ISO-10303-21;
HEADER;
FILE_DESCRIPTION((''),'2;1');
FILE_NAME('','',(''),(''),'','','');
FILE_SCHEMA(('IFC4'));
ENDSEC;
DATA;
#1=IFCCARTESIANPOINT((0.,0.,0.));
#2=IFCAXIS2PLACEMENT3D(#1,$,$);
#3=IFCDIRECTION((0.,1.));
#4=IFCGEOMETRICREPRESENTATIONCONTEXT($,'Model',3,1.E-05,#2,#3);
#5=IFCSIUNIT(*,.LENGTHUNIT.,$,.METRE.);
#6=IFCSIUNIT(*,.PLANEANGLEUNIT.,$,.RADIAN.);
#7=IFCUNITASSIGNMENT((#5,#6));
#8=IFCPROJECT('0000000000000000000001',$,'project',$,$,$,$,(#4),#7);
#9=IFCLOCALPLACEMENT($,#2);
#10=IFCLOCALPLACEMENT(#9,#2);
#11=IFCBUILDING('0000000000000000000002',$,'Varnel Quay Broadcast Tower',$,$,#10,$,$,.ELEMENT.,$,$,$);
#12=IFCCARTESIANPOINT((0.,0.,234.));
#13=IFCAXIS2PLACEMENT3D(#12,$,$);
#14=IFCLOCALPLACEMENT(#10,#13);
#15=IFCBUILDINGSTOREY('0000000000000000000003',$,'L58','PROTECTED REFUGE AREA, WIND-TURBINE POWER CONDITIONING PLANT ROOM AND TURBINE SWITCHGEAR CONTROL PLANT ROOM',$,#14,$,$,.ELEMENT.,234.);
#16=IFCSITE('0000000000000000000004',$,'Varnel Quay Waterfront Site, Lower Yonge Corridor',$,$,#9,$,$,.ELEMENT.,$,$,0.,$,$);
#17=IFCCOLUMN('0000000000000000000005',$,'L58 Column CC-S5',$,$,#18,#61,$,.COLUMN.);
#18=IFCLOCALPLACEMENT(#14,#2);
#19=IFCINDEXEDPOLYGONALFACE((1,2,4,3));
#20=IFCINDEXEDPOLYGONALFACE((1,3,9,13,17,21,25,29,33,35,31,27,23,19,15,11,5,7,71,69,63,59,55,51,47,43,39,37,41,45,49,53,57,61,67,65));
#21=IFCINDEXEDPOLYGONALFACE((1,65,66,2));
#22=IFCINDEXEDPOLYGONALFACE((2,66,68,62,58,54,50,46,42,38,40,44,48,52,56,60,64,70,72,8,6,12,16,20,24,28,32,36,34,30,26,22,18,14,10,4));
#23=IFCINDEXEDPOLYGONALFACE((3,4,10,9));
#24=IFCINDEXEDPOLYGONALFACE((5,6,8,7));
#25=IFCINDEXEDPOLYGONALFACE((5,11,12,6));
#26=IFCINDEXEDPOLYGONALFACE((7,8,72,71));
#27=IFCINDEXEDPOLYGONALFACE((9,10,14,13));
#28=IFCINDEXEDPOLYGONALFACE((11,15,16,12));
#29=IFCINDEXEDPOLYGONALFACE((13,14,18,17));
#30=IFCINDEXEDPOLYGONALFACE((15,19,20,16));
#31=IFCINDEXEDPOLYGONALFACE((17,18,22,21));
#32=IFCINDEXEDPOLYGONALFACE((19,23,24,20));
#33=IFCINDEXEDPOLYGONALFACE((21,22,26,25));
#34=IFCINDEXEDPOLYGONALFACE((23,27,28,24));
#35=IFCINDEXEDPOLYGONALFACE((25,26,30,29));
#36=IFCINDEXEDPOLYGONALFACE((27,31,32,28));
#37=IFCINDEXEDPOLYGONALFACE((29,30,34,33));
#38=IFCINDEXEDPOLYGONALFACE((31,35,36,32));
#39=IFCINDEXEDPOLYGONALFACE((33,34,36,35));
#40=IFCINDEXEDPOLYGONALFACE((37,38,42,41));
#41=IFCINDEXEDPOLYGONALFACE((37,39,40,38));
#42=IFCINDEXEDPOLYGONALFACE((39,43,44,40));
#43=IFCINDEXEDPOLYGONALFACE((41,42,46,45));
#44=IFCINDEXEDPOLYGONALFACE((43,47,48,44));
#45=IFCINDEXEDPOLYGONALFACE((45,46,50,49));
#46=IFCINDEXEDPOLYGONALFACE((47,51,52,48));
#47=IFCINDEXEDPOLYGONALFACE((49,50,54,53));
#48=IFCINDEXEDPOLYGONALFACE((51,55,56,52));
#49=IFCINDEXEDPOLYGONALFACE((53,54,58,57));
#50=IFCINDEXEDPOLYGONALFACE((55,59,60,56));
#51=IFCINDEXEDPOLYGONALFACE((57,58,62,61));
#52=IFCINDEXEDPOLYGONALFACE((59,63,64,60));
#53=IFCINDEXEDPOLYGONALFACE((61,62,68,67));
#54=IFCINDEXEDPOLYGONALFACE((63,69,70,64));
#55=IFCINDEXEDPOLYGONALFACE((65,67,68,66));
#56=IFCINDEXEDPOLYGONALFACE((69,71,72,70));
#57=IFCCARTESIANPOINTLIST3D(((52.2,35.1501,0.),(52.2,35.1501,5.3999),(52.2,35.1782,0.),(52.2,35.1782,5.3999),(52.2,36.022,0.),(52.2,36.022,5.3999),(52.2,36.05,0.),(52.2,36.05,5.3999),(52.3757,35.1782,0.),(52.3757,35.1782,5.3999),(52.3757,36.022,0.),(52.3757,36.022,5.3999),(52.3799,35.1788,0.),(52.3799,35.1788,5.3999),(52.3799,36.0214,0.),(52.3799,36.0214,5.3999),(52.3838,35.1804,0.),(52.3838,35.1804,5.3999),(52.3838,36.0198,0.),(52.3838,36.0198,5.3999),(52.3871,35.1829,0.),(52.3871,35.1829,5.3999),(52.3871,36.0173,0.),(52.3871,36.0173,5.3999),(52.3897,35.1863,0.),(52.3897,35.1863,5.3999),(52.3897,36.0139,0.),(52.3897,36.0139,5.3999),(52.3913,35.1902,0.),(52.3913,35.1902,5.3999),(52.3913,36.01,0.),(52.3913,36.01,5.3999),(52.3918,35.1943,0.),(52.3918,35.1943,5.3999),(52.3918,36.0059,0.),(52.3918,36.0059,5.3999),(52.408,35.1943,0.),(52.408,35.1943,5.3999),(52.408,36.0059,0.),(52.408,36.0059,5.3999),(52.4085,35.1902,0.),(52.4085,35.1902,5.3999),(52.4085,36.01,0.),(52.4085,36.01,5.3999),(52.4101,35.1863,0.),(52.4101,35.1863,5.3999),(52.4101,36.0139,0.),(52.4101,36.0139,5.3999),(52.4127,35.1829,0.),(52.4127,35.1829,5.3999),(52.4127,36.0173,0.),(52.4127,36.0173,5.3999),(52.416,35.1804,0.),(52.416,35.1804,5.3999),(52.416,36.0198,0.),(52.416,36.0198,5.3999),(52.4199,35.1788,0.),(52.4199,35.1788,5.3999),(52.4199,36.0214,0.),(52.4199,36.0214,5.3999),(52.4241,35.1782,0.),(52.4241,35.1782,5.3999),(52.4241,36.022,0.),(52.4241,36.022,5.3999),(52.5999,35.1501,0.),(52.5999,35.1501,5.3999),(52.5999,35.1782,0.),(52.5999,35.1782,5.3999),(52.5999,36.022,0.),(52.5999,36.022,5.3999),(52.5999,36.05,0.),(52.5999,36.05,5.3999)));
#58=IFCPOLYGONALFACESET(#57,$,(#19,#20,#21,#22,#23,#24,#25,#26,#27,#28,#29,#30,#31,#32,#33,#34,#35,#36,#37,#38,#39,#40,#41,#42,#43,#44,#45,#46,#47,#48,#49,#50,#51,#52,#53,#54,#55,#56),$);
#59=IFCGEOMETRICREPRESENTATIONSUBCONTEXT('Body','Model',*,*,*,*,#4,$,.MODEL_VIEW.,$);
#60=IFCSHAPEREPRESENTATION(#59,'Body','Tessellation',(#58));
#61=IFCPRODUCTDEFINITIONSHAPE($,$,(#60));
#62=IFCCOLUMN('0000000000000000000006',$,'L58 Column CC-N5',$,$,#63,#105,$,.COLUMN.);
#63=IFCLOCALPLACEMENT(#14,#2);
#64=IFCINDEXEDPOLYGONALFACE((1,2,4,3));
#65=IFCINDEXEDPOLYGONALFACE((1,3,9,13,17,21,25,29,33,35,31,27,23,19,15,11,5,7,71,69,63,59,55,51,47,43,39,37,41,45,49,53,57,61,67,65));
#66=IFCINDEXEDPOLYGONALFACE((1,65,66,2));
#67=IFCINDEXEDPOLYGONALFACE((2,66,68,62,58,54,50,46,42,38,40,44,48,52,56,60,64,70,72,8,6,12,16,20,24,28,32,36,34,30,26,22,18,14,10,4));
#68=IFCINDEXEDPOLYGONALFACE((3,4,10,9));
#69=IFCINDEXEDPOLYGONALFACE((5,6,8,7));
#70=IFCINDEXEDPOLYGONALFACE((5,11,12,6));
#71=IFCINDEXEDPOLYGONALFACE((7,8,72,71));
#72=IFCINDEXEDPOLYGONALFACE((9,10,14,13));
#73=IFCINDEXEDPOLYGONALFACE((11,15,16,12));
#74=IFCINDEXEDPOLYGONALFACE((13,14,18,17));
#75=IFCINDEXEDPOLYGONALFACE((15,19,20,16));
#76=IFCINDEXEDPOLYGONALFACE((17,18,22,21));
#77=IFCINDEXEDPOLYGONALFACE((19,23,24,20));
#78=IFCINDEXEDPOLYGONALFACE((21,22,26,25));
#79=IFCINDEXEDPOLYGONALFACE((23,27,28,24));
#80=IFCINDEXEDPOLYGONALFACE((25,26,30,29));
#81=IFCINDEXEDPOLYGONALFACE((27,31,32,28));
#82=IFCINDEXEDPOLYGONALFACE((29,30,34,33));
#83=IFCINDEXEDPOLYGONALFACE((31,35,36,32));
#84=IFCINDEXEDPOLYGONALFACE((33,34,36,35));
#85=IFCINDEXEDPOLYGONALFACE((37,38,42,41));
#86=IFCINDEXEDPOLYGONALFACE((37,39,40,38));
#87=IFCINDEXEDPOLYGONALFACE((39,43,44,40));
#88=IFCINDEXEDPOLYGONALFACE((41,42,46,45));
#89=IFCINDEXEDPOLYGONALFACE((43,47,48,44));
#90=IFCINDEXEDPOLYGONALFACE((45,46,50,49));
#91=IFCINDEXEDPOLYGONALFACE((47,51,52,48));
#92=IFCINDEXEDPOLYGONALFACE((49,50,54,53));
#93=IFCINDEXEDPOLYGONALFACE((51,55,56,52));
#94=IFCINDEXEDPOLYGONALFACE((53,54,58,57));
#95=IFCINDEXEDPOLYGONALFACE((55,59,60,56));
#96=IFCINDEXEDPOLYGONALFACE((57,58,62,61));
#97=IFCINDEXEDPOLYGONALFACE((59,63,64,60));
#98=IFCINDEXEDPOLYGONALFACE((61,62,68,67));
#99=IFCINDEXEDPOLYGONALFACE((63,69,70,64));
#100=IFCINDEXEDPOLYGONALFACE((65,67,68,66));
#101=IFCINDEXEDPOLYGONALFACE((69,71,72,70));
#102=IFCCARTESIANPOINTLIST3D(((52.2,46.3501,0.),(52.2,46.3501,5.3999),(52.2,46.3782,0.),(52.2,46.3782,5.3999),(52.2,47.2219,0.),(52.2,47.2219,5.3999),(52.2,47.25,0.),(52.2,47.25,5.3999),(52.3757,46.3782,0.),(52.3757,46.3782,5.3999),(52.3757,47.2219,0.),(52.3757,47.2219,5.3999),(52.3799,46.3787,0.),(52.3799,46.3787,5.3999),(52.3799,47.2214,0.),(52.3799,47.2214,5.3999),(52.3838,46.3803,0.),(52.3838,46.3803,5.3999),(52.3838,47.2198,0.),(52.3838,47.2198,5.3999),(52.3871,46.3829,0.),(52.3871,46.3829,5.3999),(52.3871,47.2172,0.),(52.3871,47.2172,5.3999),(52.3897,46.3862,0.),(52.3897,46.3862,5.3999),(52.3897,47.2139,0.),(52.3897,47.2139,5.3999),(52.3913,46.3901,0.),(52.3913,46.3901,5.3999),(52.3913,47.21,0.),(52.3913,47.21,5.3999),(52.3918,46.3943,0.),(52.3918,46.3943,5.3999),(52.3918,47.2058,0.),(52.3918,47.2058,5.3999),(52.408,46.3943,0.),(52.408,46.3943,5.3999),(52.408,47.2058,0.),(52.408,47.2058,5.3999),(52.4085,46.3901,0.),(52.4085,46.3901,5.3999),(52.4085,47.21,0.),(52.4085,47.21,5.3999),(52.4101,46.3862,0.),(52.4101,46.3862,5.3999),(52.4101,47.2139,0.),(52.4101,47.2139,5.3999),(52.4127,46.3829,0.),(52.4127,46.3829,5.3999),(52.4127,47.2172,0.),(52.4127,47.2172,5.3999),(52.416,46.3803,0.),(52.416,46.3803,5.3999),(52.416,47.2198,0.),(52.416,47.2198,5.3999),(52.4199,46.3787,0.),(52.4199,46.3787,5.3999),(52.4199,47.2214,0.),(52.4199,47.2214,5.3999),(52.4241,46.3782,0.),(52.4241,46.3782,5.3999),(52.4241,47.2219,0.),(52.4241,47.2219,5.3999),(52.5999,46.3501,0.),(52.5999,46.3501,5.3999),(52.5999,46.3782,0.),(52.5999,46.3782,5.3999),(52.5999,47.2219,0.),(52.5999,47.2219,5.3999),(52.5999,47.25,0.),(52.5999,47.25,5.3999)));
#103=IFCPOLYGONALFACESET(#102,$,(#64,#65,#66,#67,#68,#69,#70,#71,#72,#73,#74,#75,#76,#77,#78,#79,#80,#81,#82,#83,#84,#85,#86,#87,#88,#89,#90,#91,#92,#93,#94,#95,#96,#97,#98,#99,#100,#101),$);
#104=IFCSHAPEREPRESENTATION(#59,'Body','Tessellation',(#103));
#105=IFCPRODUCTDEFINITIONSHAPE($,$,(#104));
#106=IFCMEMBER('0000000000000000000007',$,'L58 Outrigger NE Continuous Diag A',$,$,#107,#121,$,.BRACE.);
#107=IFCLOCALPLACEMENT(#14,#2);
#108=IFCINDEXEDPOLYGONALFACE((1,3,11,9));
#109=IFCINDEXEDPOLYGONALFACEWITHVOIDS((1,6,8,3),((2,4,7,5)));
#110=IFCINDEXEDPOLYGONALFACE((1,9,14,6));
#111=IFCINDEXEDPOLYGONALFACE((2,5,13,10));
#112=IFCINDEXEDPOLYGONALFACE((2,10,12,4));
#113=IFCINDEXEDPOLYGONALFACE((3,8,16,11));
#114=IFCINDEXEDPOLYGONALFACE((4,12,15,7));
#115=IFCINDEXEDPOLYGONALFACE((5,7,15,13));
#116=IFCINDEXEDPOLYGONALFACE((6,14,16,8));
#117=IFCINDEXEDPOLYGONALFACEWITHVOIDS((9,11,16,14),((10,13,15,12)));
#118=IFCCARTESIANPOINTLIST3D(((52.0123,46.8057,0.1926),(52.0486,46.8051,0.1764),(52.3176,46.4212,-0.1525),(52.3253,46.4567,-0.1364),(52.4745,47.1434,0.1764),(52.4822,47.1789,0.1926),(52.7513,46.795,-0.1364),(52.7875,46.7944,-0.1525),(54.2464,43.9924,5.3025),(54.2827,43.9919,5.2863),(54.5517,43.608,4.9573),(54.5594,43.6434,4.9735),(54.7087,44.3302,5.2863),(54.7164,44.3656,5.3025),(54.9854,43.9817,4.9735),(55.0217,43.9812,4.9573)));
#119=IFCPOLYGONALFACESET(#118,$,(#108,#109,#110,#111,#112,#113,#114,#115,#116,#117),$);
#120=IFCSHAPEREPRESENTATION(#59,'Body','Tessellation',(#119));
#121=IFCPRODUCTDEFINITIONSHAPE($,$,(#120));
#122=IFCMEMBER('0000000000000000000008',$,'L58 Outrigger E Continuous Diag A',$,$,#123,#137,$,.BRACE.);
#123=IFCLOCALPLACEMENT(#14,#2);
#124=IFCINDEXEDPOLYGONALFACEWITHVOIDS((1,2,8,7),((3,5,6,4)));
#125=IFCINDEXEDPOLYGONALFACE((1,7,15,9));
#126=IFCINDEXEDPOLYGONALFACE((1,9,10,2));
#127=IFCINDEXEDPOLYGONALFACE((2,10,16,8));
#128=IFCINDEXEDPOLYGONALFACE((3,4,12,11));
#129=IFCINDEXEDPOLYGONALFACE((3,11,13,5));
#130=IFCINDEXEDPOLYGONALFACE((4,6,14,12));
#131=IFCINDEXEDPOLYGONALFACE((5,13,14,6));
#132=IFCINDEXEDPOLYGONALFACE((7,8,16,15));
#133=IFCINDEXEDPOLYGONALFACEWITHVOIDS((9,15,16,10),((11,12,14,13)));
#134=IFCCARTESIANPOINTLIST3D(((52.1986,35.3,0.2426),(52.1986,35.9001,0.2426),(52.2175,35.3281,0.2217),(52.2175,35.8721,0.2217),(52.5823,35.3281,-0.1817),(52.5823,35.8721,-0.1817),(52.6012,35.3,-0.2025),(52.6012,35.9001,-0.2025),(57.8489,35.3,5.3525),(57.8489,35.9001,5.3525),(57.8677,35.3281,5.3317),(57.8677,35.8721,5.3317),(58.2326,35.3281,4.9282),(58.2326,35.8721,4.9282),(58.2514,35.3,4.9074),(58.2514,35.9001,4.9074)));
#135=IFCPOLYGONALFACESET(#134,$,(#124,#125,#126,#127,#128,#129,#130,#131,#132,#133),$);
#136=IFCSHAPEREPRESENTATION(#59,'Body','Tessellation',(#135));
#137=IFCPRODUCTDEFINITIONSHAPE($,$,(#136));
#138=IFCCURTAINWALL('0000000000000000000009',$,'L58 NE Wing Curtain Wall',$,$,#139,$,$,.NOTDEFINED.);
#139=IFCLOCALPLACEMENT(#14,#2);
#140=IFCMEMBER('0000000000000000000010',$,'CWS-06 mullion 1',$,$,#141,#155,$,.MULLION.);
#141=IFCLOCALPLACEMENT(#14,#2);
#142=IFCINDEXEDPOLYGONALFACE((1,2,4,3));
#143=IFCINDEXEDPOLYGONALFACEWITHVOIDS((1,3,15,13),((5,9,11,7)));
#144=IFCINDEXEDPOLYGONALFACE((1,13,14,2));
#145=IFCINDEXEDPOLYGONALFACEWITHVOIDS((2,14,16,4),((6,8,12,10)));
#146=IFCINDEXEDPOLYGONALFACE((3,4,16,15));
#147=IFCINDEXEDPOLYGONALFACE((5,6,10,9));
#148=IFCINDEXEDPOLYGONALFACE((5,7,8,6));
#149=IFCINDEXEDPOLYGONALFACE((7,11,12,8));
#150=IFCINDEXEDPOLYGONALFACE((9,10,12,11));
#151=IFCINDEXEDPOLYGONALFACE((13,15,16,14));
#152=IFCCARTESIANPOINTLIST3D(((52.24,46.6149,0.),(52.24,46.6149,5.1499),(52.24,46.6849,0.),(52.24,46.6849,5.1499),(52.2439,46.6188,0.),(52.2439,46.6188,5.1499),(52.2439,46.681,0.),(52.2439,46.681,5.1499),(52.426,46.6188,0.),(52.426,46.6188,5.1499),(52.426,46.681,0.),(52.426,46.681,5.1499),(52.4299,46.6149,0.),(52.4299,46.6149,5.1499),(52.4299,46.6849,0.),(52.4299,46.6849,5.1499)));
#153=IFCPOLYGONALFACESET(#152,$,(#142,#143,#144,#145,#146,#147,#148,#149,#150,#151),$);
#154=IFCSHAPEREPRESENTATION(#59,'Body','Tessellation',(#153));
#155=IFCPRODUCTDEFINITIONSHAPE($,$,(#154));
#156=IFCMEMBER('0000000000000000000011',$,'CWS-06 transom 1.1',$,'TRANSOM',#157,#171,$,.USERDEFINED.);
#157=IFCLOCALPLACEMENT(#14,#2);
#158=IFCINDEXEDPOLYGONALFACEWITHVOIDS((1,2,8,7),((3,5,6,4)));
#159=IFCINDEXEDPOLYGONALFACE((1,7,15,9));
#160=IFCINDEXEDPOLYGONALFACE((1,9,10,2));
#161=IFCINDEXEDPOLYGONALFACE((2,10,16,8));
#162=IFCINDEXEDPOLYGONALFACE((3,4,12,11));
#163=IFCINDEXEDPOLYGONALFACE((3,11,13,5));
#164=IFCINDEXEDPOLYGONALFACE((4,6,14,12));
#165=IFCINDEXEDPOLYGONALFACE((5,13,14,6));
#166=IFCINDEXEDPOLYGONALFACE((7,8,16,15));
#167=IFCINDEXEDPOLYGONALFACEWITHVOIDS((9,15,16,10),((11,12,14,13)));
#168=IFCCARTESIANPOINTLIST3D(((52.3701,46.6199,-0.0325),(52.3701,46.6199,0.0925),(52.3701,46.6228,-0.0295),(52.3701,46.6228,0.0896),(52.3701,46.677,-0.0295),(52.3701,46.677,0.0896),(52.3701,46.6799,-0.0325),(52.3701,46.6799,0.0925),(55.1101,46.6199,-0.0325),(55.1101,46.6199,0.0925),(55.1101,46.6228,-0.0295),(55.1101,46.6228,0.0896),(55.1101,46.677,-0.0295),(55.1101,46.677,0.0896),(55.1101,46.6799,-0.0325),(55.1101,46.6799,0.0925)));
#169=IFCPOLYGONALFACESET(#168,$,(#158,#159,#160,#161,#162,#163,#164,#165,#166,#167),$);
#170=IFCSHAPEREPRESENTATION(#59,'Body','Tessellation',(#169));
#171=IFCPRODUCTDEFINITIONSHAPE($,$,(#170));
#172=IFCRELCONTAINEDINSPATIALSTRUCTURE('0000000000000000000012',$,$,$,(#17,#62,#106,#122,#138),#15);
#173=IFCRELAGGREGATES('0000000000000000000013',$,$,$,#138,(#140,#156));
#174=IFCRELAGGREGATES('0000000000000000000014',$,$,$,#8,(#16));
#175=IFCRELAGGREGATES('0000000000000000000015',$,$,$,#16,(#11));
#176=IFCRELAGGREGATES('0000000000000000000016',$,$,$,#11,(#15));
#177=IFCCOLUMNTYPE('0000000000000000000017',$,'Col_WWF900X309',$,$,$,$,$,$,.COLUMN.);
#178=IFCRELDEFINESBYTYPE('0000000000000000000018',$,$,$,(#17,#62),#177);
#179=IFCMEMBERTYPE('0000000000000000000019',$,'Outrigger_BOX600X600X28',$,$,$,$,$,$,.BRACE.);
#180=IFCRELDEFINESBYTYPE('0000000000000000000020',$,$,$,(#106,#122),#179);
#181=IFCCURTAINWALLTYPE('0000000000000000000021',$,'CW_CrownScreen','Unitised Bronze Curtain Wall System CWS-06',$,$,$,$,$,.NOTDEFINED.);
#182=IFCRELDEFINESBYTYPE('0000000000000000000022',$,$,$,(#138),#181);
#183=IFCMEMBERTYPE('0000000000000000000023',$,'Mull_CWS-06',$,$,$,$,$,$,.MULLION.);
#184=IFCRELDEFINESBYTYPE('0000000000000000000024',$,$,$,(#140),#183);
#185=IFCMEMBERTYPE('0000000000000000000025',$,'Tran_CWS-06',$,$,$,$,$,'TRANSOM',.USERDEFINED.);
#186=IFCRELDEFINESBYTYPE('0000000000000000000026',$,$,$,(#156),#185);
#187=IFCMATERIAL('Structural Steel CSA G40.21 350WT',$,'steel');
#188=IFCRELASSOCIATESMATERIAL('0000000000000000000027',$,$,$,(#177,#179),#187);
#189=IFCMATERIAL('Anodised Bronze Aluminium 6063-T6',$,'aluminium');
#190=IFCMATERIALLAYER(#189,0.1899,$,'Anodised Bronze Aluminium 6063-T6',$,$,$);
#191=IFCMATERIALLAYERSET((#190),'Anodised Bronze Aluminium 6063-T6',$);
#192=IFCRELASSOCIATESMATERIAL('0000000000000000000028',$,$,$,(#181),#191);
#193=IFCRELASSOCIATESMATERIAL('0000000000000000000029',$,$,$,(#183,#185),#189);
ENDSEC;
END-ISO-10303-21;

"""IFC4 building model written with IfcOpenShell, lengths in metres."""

from ifc_helpers import new_model, si_unit, direction, frame, origin, origin_2d, place, context, subcontext, project, spatial, hollow_rectangle, i_section, extrude, source, transform, mapped, material, layer, layer_set, material_profile, profile_set, type_object, type_shapes, element, aggregate, save


model = new_model("IFC4")

# Units and contexts
model_context = context("Model", 3, precision=1e-05, world=origin(), true_north=direction((0.0, 1.0)))
body_context = subcontext(model_context, "Body", "Model", "MODEL_VIEW")
ifc_project = project(units=[si_unit("LENGTHUNIT", "METRE"), si_unit("PLANEANGLEUNIT", "RADIAN")], contexts=[model_context])

# Site, building, storey
site_placement = place(None, origin())
site = spatial("IfcSite", under=ifc_project, at=site_placement, Name="Varnel Quay Waterfront Site, Lower Yonge Corridor", CompositionType="ELEMENT", RefElevation=0.0)
building_placement = place(site_placement, origin())
building = spatial("IfcBuilding", under=site, at=building_placement, Name="Varnel Quay Broadcast Tower", CompositionType="ELEMENT")
storey_placement = place(building_placement, frame((0.0, 0.0, 234.0)))
storey = spatial("IfcBuildingStorey", under=building, at=storey_placement, Name="L58", Description="PROTECTED REFUGE AREA, WIND-TURBINE POWER CONDITIONING PLANT ROOM AND TURBINE SWITCHGEAR CONTROL PLANT ROOM", CompositionType="ELEMENT", Elevation=234.0)

# Columns
ifc_material_1 = material(Name="Structural Steel CSA G40.21 350WT", Category="steel")
ifc_material_profile_1 = material_profile(ifc_material_1, i_section(OverallWidth=0.3999, OverallDepth=0.8999, WebThickness=0.0161, FlangeThickness=0.0281, FilletRadius=0.0161, at=origin_2d()), Name="WWF900X309")
ifc_profile_set_1 = profile_set([ifc_material_profile_1], Name="Structural Steel CSA G40.21 350WT")
column_type = type_object("IfcColumnType", Name="Col_WWF900X309", PredefinedType="COLUMN", material=ifc_profile_set_1)
shared_shape_1 = source(origin(), body_context, "Body", "SweptSolid", [
    extrude(i_section(OverallWidth=0.3999, OverallDepth=0.8999, WebThickness=0.0161, FlangeThickness=0.0281, FilletRadius=0.0161, at=origin_2d()), origin(), (0.0, 0.0, 1.0), 5.3999),
])
type_shapes(column_type, [shared_shape_1])
for number, where, z_axis, x_axis, name in (
    (1, (52.3999, 35.6001, 0.0), (0.0, 0.0, 1.0), (1.0, 0.0, 0.0), "L58 Column CC-S5"),
    (2, (52.3999, 46.8, 0.0), (0.0, 0.0, 1.0), (1.0, 0.0, 0.0), "L58 Column CC-N5"),
):
    element("IfcColumn", number, at=place(storey_placement, frame(where, z_axis=z_axis, x_axis=x_axis)), inside=storey, type_object=column_type, Name=name, PredefinedType="COLUMN", context=body_context, shape_type="MappedRepresentation", body=[
        mapped(shared_shape_1, transform((0.0, 0.0, 0.0), x_axis=(1.0, 0.0, 0.0), y_axis=(0.0, 1.0, 0.0), z_axis=(0.0, 0.0, 1.0), scale=1.0)),
    ])

# Members
ifc_material_profile_2 = material_profile(ifc_material_1, hollow_rectangle(XDim=0.6001, YDim=0.6001, WallThickness=0.0281, at=origin_2d()), Name="BOX600X600X28")
ifc_profile_set_2 = profile_set([ifc_material_profile_2], Name="Structural Steel CSA G40.21 350WT")
member_type_1 = type_object("IfcMemberType", Name="Outrigger_BOX600X600X28", PredefinedType="BRACE", material=ifc_profile_set_2)
shared_shape_2 = source(origin(), body_context, "Body", "SweptSolid", [
    extrude(hollow_rectangle(XDim=0.6001, YDim=0.6001, WallThickness=0.0281, at=origin_2d()), origin(), (0.0, 0.0, 1.0), 6.2463),
])
member_1_placement = place(storey_placement, frame((52.3999, 46.8, 0.02), z_axis=(0.357672, -0.450383, 0.818062), x_axis=(0.783098, 0.621898, 0.0)))
element("IfcMember", 3, at=member_1_placement, inside=storey, type_object=member_type_1, Name="L58 Outrigger NE Continuous Diag A", PredefinedType="BRACE", context=body_context, shape_type="MappedRepresentation", body=[
    mapped(shared_shape_2, transform((0.0, 0.0, 0.0), x_axis=(1.0, 0.0, 0.0), y_axis=(0.0, 1.0, 0.0), z_axis=(0.0, 0.0, 1.0), scale=1.0)),
])
shared_shape_3 = source(origin(), body_context, "Body", "SweptSolid", [
    extrude(hollow_rectangle(XDim=0.6001, YDim=0.6001, WallThickness=0.0281, at=origin_2d()), origin(), (0.0, 0.0, 1.0), 7.6182),
])
type_shapes(member_type_1, [shared_shape_2, shared_shape_3])
member_2_placement = place(storey_placement, frame((52.3999, 35.6001, 0.02), z_axis=(0.741678, 0.0, 0.670756), x_axis=(0.0, 1.0, 0.0)))
element("IfcMember", 4, at=member_2_placement, inside=storey, type_object=member_type_1, Name="L58 Outrigger E Continuous Diag A", PredefinedType="BRACE", context=body_context, shape_type="MappedRepresentation", body=[
    mapped(shared_shape_3, transform((0.0, 0.0, 0.0), x_axis=(1.0, 0.0, 0.0), y_axis=(0.0, 1.0, 0.0), z_axis=(0.0, 0.0, 1.0), scale=1.0)),
])

# Curtain wall, members
ifc_material_2 = material(Name="Anodised Bronze Aluminium 6063-T6", Category="aluminium")
ifc_layer_1 = layer(ifc_material_2, 0.1899, Name="Anodised Bronze Aluminium 6063-T6")
ifc_layer_set_1 = layer_set([ifc_layer_1], Name="Anodised Bronze Aluminium 6063-T6")
curtain_wall_type = type_object("IfcCurtainWallType", Name="CW_CrownScreen", Description="Unitised Bronze Curtain Wall System CWS-06", PredefinedType="NOTDEFINED", material=ifc_layer_set_1)
curtain_wall_placement = place(storey_placement, origin())
curtain_wall = element("IfcCurtainWall", 5, at=curtain_wall_placement, inside=storey, type_object=curtain_wall_type, Name="L58 NE Wing Curtain Wall", PredefinedType="NOTDEFINED")
ifc_material_profile_3 = material_profile(ifc_material_2, hollow_rectangle(XDim=0.0701, YDim=0.1899, WallThickness=0.0039, at=origin_2d()), Name="ALU70X190X4")
ifc_profile_set_3 = profile_set([ifc_material_profile_3], Name="Anodised Bronze Aluminium 6063-T6")
member_type_2 = type_object("IfcMemberType", Name="Mull_CWS-06", PredefinedType="MULLION", material=ifc_profile_set_3)
shared_shape_4 = source(origin(), body_context, "Body", "SweptSolid", [
    extrude(hollow_rectangle(XDim=0.0701, YDim=0.1899, WallThickness=0.0039, at=origin_2d()), origin(), (0.0, 0.0, 1.0), 5.1499),
])
type_shapes(member_type_2, [shared_shape_4])
member_3_placement = place(storey_placement, frame((52.335, 46.6499, 0.0), z_axis=(0.0, 0.0, 1.0), x_axis=(0.0, 1.0, 0.0)))
member_3 = element("IfcMember", 6, at=member_3_placement, type_object=member_type_2, Name="CWS-06 mullion 1", PredefinedType="MULLION", context=body_context, shape_type="MappedRepresentation", body=[
    mapped(shared_shape_4, transform((0.0, 0.0, 0.0), x_axis=(1.0, 0.0, 0.0), y_axis=(0.0, 1.0, 0.0), z_axis=(0.0, 0.0, 1.0), scale=1.0)),
])
ifc_material_profile_4 = material_profile(ifc_material_2, hollow_rectangle(XDim=0.0601, YDim=0.125, WallThickness=0.0029, at=origin_2d()), Name="ALU60X125X3")
ifc_profile_set_4 = profile_set([ifc_material_profile_4], Name="Anodised Bronze Aluminium 6063-T6")
member_type_3 = type_object("IfcMemberType", Name="Tran_CWS-06", ElementType="TRANSOM", PredefinedType="USERDEFINED", material=ifc_profile_set_4)
shared_shape_5 = source(origin(), body_context, "Body", "SweptSolid", [
    extrude(hollow_rectangle(XDim=0.0601, YDim=0.125, WallThickness=0.0029, at=origin_2d()), origin(), (0.0, 0.0, 1.0), 2.74),
])
type_shapes(member_type_3, [shared_shape_5])
member_4_placement = place(storey_placement, frame((52.3701, 46.6499, 0.03), z_axis=(1.0, 0.0, 0.0), x_axis=(0.0, 1.0, 0.0)))
member_4 = element("IfcMember", 7, at=member_4_placement, type_object=member_type_3, Name="CWS-06 transom 1.1", ObjectType="TRANSOM", PredefinedType="USERDEFINED", context=body_context, shape_type="MappedRepresentation", body=[
    mapped(shared_shape_5, transform((0.0, 0.0, 0.0), x_axis=(1.0, 0.0, 0.0), y_axis=(0.0, 1.0, 0.0), z_axis=(0.0, 0.0, 1.0), scale=1.0)),
])
aggregate(curtain_wall, [member_3, member_4])

save(model, "model.ifc")
